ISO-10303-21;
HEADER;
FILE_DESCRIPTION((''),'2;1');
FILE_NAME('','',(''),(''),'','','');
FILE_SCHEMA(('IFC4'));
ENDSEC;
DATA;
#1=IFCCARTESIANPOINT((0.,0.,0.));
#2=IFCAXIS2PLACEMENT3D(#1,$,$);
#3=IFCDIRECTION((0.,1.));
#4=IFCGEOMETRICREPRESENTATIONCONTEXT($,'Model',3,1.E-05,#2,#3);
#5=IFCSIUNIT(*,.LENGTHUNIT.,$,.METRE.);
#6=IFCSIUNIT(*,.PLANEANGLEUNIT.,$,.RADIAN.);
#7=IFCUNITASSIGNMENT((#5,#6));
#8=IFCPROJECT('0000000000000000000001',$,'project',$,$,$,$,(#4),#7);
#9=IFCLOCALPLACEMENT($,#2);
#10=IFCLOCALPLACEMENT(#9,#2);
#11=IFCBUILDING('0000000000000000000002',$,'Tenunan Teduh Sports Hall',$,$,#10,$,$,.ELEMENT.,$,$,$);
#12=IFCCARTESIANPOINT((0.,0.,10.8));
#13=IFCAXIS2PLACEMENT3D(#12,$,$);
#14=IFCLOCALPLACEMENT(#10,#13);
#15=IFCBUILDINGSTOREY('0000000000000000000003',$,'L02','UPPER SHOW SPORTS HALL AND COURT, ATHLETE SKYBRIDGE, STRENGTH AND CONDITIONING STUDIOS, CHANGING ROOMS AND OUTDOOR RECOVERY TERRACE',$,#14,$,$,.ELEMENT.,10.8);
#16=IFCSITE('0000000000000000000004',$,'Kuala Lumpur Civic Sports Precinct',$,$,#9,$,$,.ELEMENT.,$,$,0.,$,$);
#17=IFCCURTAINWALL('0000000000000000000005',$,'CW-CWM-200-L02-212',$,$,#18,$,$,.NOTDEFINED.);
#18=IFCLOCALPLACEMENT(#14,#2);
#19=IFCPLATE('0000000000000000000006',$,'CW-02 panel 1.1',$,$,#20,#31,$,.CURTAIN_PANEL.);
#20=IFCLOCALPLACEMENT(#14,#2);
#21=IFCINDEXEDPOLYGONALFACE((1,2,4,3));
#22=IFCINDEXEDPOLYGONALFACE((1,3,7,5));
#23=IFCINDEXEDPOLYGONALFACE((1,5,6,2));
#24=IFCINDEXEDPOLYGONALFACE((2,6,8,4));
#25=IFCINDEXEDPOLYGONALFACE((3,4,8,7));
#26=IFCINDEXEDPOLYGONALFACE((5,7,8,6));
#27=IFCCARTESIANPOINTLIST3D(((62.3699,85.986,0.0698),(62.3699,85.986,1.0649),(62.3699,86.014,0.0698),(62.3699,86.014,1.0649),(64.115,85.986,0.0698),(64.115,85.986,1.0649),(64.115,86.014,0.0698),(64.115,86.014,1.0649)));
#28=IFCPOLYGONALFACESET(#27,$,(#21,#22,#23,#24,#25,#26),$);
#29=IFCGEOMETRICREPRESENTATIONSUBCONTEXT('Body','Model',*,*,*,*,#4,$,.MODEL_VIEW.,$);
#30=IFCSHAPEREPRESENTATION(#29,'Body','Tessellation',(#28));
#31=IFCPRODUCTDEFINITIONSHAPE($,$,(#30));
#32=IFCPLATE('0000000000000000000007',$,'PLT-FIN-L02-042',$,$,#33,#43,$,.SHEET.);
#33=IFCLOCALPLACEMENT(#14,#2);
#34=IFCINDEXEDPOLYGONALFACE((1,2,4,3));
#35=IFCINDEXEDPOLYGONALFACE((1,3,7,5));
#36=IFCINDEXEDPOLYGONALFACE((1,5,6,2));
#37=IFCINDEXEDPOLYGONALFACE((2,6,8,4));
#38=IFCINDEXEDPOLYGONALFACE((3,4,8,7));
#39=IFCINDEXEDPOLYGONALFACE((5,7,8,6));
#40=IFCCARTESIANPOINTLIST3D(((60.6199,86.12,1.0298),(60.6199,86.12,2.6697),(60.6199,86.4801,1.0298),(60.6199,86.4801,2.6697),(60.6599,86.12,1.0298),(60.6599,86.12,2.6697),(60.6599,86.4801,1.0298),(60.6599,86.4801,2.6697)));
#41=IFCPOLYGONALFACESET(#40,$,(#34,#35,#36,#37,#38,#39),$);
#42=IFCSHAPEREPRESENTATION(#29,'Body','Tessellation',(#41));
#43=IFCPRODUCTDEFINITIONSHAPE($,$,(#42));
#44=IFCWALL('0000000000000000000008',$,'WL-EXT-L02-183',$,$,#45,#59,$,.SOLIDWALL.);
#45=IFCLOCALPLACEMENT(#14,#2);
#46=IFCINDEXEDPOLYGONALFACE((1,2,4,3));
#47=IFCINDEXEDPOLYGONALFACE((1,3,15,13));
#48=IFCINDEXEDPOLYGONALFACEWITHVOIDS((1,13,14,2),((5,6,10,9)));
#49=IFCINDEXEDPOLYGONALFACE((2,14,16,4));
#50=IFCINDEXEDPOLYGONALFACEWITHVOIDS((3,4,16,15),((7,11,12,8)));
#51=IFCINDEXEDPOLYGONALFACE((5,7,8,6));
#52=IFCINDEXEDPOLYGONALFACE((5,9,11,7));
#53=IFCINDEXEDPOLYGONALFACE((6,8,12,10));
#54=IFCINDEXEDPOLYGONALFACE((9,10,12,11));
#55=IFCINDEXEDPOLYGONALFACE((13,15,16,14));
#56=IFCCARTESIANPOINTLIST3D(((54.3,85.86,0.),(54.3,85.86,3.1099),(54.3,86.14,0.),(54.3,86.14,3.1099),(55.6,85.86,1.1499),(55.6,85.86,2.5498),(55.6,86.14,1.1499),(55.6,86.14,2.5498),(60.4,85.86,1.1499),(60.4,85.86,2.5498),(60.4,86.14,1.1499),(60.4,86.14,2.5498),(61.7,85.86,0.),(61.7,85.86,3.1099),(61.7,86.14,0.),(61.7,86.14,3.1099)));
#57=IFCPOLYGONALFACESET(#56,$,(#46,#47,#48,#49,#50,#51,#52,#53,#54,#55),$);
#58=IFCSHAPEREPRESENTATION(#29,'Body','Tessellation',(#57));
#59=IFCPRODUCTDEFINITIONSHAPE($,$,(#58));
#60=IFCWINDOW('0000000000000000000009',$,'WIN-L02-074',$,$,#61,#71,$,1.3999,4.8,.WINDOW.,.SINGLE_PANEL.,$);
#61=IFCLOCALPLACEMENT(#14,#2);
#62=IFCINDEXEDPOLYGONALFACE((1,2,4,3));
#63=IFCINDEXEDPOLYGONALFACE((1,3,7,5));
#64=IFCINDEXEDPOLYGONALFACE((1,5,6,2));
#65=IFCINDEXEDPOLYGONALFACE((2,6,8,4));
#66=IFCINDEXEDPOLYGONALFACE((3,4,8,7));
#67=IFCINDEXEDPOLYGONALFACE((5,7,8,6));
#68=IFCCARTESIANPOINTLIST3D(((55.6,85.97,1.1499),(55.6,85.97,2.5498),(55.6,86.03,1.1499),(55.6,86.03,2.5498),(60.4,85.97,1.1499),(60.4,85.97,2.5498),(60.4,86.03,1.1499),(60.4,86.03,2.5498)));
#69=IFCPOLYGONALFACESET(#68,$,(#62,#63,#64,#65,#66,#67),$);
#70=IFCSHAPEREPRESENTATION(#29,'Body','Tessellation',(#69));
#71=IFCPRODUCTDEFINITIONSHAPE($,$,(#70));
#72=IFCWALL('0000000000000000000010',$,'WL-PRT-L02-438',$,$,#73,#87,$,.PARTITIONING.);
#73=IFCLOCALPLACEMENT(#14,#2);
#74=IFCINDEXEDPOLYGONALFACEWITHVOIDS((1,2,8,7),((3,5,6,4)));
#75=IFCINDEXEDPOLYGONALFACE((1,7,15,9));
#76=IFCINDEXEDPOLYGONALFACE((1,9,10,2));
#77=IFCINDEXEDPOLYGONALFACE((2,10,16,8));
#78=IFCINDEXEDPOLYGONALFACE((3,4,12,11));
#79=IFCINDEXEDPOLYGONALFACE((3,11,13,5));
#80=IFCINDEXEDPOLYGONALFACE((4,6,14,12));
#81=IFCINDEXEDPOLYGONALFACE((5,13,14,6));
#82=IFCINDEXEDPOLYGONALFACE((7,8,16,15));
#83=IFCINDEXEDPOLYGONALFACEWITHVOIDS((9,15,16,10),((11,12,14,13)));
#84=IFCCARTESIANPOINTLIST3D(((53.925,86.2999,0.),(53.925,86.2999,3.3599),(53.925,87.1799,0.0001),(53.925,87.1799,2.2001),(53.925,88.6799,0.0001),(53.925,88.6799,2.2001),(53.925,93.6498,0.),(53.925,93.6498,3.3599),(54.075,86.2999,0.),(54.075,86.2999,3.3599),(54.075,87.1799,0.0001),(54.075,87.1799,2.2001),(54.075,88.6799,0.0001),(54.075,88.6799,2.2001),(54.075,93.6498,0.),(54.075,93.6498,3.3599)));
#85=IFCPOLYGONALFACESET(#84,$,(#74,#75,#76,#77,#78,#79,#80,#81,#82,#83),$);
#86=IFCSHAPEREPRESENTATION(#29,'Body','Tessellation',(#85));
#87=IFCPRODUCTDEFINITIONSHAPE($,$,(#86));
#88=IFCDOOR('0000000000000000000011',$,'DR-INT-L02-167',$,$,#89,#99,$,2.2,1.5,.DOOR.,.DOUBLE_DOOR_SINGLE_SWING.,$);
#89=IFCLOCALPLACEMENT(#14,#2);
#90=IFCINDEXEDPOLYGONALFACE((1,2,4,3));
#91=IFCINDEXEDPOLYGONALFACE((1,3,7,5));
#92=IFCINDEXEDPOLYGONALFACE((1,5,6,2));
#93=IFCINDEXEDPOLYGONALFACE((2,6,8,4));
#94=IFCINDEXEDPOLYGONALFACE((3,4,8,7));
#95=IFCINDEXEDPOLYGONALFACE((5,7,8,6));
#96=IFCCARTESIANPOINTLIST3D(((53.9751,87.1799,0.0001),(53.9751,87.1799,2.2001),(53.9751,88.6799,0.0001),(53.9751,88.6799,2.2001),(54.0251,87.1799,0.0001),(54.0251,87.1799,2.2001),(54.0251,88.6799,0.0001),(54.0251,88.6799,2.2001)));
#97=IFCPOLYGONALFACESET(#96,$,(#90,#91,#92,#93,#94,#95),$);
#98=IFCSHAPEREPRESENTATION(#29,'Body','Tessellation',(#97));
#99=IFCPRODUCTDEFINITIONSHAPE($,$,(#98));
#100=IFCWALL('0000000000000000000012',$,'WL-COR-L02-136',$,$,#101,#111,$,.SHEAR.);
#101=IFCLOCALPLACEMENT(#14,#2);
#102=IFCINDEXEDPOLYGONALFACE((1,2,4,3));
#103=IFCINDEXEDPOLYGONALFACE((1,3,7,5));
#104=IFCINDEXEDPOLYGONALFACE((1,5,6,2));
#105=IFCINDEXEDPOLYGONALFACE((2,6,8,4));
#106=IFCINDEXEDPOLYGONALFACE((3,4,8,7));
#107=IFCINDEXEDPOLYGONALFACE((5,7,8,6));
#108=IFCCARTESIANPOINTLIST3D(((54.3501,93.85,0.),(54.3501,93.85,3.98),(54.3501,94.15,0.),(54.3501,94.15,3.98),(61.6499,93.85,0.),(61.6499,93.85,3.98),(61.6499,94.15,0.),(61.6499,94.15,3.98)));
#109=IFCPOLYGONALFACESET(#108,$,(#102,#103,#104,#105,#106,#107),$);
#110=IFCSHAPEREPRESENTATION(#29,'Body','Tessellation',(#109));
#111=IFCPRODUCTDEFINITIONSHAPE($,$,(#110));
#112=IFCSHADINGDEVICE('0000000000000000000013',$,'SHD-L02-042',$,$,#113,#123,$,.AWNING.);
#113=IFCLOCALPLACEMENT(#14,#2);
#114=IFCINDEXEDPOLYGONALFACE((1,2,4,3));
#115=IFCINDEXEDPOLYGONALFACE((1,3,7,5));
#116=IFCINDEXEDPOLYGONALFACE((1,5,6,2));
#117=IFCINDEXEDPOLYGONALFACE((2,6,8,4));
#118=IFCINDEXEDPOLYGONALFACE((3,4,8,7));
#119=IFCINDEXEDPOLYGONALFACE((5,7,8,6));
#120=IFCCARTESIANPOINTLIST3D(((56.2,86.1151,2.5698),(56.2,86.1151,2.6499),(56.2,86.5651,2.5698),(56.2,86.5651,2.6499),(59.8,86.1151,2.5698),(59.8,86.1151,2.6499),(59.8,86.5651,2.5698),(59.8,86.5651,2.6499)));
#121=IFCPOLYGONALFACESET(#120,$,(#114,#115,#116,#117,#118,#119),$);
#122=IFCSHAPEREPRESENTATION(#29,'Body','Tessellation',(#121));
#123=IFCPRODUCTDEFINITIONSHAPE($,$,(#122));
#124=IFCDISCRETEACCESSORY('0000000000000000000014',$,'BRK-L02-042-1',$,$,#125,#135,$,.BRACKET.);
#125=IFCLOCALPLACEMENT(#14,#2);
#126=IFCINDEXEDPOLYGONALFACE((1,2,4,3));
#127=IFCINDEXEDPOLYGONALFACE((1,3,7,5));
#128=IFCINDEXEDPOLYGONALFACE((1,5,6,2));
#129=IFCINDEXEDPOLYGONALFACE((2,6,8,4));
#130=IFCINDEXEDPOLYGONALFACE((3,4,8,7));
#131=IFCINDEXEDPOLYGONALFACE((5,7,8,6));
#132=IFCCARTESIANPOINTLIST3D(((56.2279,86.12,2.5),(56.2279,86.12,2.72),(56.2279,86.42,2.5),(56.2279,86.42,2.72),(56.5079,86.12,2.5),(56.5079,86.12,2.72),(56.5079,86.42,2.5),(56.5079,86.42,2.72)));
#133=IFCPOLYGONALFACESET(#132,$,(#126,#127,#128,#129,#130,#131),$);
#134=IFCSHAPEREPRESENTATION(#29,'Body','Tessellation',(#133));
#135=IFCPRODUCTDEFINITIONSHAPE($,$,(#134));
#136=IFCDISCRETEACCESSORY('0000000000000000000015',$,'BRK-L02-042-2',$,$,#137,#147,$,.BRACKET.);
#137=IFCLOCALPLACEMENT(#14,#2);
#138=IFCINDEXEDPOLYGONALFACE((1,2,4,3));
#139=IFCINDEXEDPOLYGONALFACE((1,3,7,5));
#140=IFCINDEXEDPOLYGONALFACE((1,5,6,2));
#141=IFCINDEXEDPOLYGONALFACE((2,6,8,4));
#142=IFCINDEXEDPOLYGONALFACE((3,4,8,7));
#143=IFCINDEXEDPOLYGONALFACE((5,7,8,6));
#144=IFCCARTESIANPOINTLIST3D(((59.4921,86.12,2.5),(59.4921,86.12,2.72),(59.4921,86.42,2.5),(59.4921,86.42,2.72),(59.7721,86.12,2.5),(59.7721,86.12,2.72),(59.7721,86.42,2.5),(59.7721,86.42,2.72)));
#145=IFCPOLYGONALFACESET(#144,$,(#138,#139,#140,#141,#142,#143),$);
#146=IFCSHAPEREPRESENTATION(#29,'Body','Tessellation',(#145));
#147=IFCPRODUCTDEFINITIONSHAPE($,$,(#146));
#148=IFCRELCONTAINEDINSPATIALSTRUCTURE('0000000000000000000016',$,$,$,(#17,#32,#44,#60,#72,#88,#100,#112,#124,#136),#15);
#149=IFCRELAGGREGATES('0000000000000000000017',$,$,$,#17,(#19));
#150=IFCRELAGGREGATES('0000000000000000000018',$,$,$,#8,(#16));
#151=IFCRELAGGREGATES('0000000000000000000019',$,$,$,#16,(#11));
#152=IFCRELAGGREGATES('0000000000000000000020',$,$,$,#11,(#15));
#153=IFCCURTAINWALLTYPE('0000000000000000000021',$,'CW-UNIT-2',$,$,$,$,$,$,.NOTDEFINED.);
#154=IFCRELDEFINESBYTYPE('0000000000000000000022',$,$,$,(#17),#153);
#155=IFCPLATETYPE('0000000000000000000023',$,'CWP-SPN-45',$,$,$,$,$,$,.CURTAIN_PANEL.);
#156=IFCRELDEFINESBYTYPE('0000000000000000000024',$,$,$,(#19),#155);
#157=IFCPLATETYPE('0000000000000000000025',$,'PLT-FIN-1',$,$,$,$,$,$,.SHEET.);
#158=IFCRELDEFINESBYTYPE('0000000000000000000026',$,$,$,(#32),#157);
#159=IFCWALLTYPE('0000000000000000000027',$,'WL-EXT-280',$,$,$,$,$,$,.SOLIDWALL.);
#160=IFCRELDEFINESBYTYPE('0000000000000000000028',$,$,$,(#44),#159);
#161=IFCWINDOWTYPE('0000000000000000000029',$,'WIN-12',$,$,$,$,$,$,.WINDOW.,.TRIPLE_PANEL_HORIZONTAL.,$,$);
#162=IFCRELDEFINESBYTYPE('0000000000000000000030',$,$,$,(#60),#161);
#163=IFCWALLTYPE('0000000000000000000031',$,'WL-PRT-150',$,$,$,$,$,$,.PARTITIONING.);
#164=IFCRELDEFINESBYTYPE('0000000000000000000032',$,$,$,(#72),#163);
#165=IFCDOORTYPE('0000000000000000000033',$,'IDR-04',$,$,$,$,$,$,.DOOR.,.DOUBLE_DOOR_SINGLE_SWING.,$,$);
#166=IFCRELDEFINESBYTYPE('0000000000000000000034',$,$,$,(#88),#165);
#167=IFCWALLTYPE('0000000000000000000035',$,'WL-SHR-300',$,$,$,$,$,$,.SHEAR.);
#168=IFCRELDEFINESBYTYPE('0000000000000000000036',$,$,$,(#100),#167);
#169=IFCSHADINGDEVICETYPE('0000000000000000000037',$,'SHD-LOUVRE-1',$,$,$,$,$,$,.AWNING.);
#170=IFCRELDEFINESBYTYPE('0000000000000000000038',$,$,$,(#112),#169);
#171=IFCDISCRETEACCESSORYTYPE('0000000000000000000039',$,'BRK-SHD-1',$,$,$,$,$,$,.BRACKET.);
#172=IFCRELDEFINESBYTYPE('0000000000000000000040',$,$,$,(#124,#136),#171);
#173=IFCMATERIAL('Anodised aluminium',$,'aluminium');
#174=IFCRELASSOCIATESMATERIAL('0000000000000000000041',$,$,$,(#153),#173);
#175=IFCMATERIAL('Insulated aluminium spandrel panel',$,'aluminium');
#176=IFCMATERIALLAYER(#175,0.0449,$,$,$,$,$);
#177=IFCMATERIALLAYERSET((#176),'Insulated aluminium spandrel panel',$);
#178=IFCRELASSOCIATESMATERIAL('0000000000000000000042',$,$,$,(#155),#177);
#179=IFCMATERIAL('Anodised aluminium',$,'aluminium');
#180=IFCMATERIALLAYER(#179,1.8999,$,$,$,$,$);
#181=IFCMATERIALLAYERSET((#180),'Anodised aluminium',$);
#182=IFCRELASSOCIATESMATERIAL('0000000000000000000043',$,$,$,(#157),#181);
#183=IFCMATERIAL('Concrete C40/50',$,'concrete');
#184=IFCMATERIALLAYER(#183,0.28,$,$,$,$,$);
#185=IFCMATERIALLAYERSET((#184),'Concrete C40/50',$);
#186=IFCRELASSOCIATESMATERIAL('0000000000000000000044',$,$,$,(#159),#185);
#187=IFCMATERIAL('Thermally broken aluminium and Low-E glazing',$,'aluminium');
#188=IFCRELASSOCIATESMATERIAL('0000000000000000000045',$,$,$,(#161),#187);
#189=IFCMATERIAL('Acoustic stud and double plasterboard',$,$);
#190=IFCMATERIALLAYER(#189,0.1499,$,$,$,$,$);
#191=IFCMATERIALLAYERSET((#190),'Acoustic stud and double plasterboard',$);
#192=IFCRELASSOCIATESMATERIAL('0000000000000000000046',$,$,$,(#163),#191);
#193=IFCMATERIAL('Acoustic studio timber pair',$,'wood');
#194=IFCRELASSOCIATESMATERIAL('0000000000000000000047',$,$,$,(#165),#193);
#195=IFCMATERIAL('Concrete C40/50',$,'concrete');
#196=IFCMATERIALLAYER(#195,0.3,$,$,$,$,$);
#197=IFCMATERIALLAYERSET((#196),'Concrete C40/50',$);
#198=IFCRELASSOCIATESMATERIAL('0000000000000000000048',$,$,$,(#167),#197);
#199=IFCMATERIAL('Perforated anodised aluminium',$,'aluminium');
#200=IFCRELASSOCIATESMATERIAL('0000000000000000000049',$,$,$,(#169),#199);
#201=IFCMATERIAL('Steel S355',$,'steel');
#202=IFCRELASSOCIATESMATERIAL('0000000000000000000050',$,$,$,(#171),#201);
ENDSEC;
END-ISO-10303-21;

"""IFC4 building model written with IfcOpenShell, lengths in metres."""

from ifc_helpers import new_model, si_unit, direction, frame, frame_2d, origin, origin_2d, place, context, subcontext, project, spatial, rectangle, extrude, material, layer, layer_set, type_object, element, fill, aggregate, save


model = new_model("IFC4")

# Units and contexts
model_context = context("Model", 3, precision=1e-05, world=origin(), true_north=direction((0.0, 1.0)))
body_context = subcontext(model_context, "Body", "Model", "MODEL_VIEW")
ifc_project = project(units=[si_unit("LENGTHUNIT", "METRE"), si_unit("PLANEANGLEUNIT", "RADIAN")], contexts=[model_context])

# Site, building, storey
site_placement = place(None, origin())
site = spatial("IfcSite", under=ifc_project, at=site_placement, Name="Kuala Lumpur Civic Sports Precinct", CompositionType="ELEMENT", RefElevation=0.0)
building_placement = place(site_placement, origin())
building = spatial("IfcBuilding", under=site, at=building_placement, Name="Tenunan Teduh Sports Hall", CompositionType="ELEMENT")
storey_placement = place(building_placement, frame((0.0, 0.0, 10.8)))
storey = spatial("IfcBuildingStorey", under=building, at=storey_placement, Name="L02", Description="UPPER SHOW SPORTS HALL AND COURT, ATHLETE SKYBRIDGE, STRENGTH AND CONDITIONING STUDIOS, CHANGING ROOMS AND OUTDOOR RECOVERY TERRACE", CompositionType="ELEMENT", Elevation=10.8)

# Curtain wall
ifc_material_1 = material(Name="Anodised aluminium", Category="aluminium")
curtain_wall_type = type_object("IfcCurtainWallType", Name="CW-UNIT-2", PredefinedType="NOTDEFINED", material=ifc_material_1)
curtain_wall_placement = place(storey_placement, origin())
curtain_wall = element("IfcCurtainWall", 1, at=curtain_wall_placement, inside=storey, type_object=curtain_wall_type, Name="CW-CWM-200-L02-212", PredefinedType="NOTDEFINED")

# Plates
ifc_material_2 = material(Name="Insulated aluminium spandrel panel", Category="aluminium")
ifc_layer_1 = layer(ifc_material_2, 0.0449)
ifc_layer_set_1 = layer_set([ifc_layer_1], Name="Insulated aluminium spandrel panel")
plate_type_1 = type_object("IfcPlateType", Name="CWP-SPN-45", PredefinedType="CURTAIN_PANEL", material=ifc_layer_set_1)
plate_1_placement = place(storey_placement, frame((63.2424, 86.0, 0.0698), z_axis=(0.0, 0.0, 1.0), x_axis=(1.0, 0.0, 0.0)))
plate_1 = element("IfcPlate", 2, at=plate_1_placement, type_object=plate_type_1, Name="CW-02 panel 1.1", PredefinedType="CURTAIN_PANEL", context=body_context, shape_type="SweptSolid", body=[
    extrude(rectangle(XDim=1.7451, YDim=0.0281, at=origin_2d()), origin(), (0.0, 0.0, 1.0), 0.9951),
])
aggregate(curtain_wall, [plate_1])
ifc_material_3 = material(Name="Anodised aluminium", Category="aluminium")
ifc_layer_2 = layer(ifc_material_3, 1.8999)
ifc_layer_set_2 = layer_set([ifc_layer_2], Name="Anodised aluminium")
plate_type_2 = type_object("IfcPlateType", Name="PLT-FIN-1", PredefinedType="SHEET", material=ifc_layer_set_2)
plate_2_placement = place(storey_placement, frame((60.6399, 86.3, 1.0298), z_axis=(0.0, 0.0, 1.0), x_axis=(1.0, 0.0, 0.0)))
element("IfcPlate", 3, at=plate_2_placement, inside=storey, type_object=plate_type_2, Name="PLT-FIN-L02-042", PredefinedType="SHEET", context=body_context, shape_type="SweptSolid", body=[
    extrude(rectangle(XDim=0.04, YDim=0.3601, at=origin_2d()), origin(), (0.0, 0.0, 1.0), 1.6399),
])

# Wall, opening, window
ifc_material_4 = material(Name="Concrete C40/50", Category="concrete")
ifc_layer_3 = layer(ifc_material_4, 0.28)
ifc_layer_set_3 = layer_set([ifc_layer_3], Name="Concrete C40/50")
wall_type_1 = type_object("IfcWallType", Name="WL-EXT-280", PredefinedType="SOLIDWALL", material=ifc_layer_set_3)
wall_1_placement = place(storey_placement, frame((54.3, 86.0, 0.0), z_axis=(0.0, 0.0, 1.0), x_axis=(1.0, 0.0, 0.0)))
wall_1 = element("IfcWall", 4, at=wall_1_placement, inside=storey, type_object=wall_type_1, Name="WL-EXT-L02-183", PredefinedType="SOLIDWALL", context=body_context, shape_type="SweptSolid", body=[
    extrude(rectangle(XDim=7.3999, YDim=0.28, at=frame_2d((3.7, 0.0))), origin(), (0.0, 0.0, 1.0), 3.1099),
])
opening_1_placement = place(wall_1_placement, frame((1.3, 0.0, 1.1499)))
opening_1 = element("IfcOpeningElement", 5, at=opening_1_placement, cuts=wall_1, PredefinedType="OPENING", context=body_context, shape_type="SweptSolid", body=[
    extrude(rectangle(XDim=4.8, YDim=1.3999, at=frame_2d((2.3999, 0.7))), frame((0.0, 0.1499, 0.0), z_axis=(0.0, -1.0, 0.0), x_axis=(1.0, 0.0, 0.0)), (0.0, 0.0, 1.0), 0.3),
])
ifc_material_5 = material(Name="Thermally broken aluminium and Low-E glazing", Category="aluminium")
window_type = type_object("IfcWindowType", Name="WIN-12", PartitioningType="TRIPLE_PANEL_HORIZONTAL", PredefinedType="WINDOW", material=ifc_material_5)
window_placement = place(opening_1_placement, origin())
window = element("IfcWindow", 6, at=window_placement, inside=storey, type_object=window_type, Name="WIN-L02-074", OverallHeight=1.3999, OverallWidth=4.8, PartitioningType="SINGLE_PANEL", PredefinedType="WINDOW", context=body_context, shape_type="SweptSolid", body=[
    extrude(rectangle(XDim=4.8, YDim=1.3999, at=frame_2d((2.3999, 0.7))), frame((0.0, 0.03, 0.0), z_axis=(0.0, -1.0, 0.0), x_axis=(1.0, 0.0, 0.0)), (0.0, 0.0, 1.0), 0.0601),
])
fill(opening_1, window)

# Wall, opening, door
ifc_material_6 = material(Name="Acoustic stud and double plasterboard")
ifc_layer_4 = layer(ifc_material_6, 0.1499)
ifc_layer_set_4 = layer_set([ifc_layer_4], Name="Acoustic stud and double plasterboard")
wall_type_2 = type_object("IfcWallType", Name="WL-PRT-150", PredefinedType="PARTITIONING", material=ifc_layer_set_4)
wall_2_placement = place(storey_placement, frame((54.0, 86.3, 0.0), z_axis=(0.0, 0.0, 1.0), x_axis=(0.0, 1.0, 0.0)))
wall_2 = element("IfcWall", 7, at=wall_2_placement, inside=storey, type_object=wall_type_2, Name="WL-PRT-L02-438", PredefinedType="PARTITIONING", context=body_context, shape_type="SweptSolid", body=[
    extrude(rectangle(XDim=7.3499, YDim=0.1499, at=frame_2d((3.6748, 0.0))), origin(), (0.0, 0.0, 1.0), 3.3599),
])
opening_2_placement = place(wall_2_placement, frame((0.8799, 0.0, 0.0)))
opening_2 = element("IfcOpeningElement", 8, at=opening_2_placement, cuts=wall_2, PredefinedType="OPENING", context=body_context, shape_type="SweptSolid", body=[
    extrude(rectangle(XDim=1.5, YDim=2.2, at=frame_2d((0.75, 1.1001))), frame((0.0, 0.085, 0.0), z_axis=(0.0, -1.0, 0.0), x_axis=(1.0, 0.0, 0.0)), (0.0, 0.0, 1.0), 0.1699),
])
ifc_material_7 = material(Name="Acoustic studio timber pair", Category="wood")
door_type = type_object("IfcDoorType", Name="IDR-04", OperationType="DOUBLE_DOOR_SINGLE_SWING", PredefinedType="DOOR", material=ifc_material_7)
door_placement = place(opening_2_placement, origin())
door = element("IfcDoor", 9, at=door_placement, inside=storey, type_object=door_type, Name="DR-INT-L02-167", OperationType="DOUBLE_DOOR_SINGLE_SWING", OverallHeight=2.2, OverallWidth=1.5, PredefinedType="DOOR", context=body_context, shape_type="SweptSolid", body=[
    extrude(rectangle(XDim=1.5, YDim=2.2, at=frame_2d((0.75, 1.1001))), frame((0.0, 0.0249, 0.0), z_axis=(0.0, -1.0, 0.0), x_axis=(1.0, 0.0, 0.0)), (0.0, 0.0, 1.0), 0.05),
])
fill(opening_2, door)

# Wall
ifc_material_8 = material(Name="Concrete C40/50", Category="concrete")
ifc_layer_5 = layer(ifc_material_8, 0.3)
ifc_layer_set_5 = layer_set([ifc_layer_5], Name="Concrete C40/50")
wall_type_3 = type_object("IfcWallType", Name="WL-SHR-300", PredefinedType="SHEAR", material=ifc_layer_set_5)
wall_3_placement = place(storey_placement, frame((54.3501, 94.0, 0.0), z_axis=(0.0, 0.0, 1.0), x_axis=(1.0, 0.0, 0.0)))
element("IfcWall", 10, at=wall_3_placement, inside=storey, type_object=wall_type_3, Name="WL-COR-L02-136", PredefinedType="SHEAR", context=body_context, shape_type="SweptSolid", body=[
    extrude(rectangle(XDim=7.2998, YDim=0.3, at=frame_2d((3.6499, 0.0))), origin(), (0.0, 0.0, 1.0), 3.98),
])

# Shading device
ifc_material_9 = material(Name="Perforated anodised aluminium", Category="aluminium")
shading_device_type = type_object("IfcShadingDeviceType", Name="SHD-LOUVRE-1", PredefinedType="AWNING", material=ifc_material_9)
shading_device_placement = place(storey_placement, frame((58.0, 86.3401, 2.5698), z_axis=(0.0, 0.0, 1.0), x_axis=(1.0, 0.0, 0.0)))
element("IfcShadingDevice", 11, at=shading_device_placement, inside=storey, type_object=shading_device_type, Name="SHD-L02-042", PredefinedType="AWNING", context=body_context, shape_type="SweptSolid", body=[
    extrude(rectangle(XDim=3.6001, YDim=0.45, at=origin_2d()), origin(), (0.0, 0.0, 1.0), 0.0801),
])

# Discrete accessories
ifc_material_10 = material(Name="Steel S355", Category="steel")
discrete_accessory_type = type_object("IfcDiscreteAccessoryType", Name="BRK-SHD-1", PredefinedType="BRACKET", material=ifc_material_10)
for number, where, z_axis, x_axis, name in (
    (12, (56.3679, 86.27, 2.5), (0.0, 0.0, 1.0), (1.0, 0.0, 0.0), "BRK-L02-042-1"),
    (13, (59.6321, 86.27, 2.5), (0.0, 0.0, 1.0), (1.0, 0.0, 0.0), "BRK-L02-042-2"),
):
    element("IfcDiscreteAccessory", number, at=place(storey_placement, frame(where, z_axis=z_axis, x_axis=x_axis)), inside=storey, type_object=discrete_accessory_type, Name=name, PredefinedType="BRACKET", context=body_context, shape_type="SweptSolid", body=[
        extrude(rectangle(XDim=0.28, YDim=0.3, at=origin_2d()), origin(), (0.0, 0.0, 1.0), 0.22),
    ])

save(model, "model.ifc")
